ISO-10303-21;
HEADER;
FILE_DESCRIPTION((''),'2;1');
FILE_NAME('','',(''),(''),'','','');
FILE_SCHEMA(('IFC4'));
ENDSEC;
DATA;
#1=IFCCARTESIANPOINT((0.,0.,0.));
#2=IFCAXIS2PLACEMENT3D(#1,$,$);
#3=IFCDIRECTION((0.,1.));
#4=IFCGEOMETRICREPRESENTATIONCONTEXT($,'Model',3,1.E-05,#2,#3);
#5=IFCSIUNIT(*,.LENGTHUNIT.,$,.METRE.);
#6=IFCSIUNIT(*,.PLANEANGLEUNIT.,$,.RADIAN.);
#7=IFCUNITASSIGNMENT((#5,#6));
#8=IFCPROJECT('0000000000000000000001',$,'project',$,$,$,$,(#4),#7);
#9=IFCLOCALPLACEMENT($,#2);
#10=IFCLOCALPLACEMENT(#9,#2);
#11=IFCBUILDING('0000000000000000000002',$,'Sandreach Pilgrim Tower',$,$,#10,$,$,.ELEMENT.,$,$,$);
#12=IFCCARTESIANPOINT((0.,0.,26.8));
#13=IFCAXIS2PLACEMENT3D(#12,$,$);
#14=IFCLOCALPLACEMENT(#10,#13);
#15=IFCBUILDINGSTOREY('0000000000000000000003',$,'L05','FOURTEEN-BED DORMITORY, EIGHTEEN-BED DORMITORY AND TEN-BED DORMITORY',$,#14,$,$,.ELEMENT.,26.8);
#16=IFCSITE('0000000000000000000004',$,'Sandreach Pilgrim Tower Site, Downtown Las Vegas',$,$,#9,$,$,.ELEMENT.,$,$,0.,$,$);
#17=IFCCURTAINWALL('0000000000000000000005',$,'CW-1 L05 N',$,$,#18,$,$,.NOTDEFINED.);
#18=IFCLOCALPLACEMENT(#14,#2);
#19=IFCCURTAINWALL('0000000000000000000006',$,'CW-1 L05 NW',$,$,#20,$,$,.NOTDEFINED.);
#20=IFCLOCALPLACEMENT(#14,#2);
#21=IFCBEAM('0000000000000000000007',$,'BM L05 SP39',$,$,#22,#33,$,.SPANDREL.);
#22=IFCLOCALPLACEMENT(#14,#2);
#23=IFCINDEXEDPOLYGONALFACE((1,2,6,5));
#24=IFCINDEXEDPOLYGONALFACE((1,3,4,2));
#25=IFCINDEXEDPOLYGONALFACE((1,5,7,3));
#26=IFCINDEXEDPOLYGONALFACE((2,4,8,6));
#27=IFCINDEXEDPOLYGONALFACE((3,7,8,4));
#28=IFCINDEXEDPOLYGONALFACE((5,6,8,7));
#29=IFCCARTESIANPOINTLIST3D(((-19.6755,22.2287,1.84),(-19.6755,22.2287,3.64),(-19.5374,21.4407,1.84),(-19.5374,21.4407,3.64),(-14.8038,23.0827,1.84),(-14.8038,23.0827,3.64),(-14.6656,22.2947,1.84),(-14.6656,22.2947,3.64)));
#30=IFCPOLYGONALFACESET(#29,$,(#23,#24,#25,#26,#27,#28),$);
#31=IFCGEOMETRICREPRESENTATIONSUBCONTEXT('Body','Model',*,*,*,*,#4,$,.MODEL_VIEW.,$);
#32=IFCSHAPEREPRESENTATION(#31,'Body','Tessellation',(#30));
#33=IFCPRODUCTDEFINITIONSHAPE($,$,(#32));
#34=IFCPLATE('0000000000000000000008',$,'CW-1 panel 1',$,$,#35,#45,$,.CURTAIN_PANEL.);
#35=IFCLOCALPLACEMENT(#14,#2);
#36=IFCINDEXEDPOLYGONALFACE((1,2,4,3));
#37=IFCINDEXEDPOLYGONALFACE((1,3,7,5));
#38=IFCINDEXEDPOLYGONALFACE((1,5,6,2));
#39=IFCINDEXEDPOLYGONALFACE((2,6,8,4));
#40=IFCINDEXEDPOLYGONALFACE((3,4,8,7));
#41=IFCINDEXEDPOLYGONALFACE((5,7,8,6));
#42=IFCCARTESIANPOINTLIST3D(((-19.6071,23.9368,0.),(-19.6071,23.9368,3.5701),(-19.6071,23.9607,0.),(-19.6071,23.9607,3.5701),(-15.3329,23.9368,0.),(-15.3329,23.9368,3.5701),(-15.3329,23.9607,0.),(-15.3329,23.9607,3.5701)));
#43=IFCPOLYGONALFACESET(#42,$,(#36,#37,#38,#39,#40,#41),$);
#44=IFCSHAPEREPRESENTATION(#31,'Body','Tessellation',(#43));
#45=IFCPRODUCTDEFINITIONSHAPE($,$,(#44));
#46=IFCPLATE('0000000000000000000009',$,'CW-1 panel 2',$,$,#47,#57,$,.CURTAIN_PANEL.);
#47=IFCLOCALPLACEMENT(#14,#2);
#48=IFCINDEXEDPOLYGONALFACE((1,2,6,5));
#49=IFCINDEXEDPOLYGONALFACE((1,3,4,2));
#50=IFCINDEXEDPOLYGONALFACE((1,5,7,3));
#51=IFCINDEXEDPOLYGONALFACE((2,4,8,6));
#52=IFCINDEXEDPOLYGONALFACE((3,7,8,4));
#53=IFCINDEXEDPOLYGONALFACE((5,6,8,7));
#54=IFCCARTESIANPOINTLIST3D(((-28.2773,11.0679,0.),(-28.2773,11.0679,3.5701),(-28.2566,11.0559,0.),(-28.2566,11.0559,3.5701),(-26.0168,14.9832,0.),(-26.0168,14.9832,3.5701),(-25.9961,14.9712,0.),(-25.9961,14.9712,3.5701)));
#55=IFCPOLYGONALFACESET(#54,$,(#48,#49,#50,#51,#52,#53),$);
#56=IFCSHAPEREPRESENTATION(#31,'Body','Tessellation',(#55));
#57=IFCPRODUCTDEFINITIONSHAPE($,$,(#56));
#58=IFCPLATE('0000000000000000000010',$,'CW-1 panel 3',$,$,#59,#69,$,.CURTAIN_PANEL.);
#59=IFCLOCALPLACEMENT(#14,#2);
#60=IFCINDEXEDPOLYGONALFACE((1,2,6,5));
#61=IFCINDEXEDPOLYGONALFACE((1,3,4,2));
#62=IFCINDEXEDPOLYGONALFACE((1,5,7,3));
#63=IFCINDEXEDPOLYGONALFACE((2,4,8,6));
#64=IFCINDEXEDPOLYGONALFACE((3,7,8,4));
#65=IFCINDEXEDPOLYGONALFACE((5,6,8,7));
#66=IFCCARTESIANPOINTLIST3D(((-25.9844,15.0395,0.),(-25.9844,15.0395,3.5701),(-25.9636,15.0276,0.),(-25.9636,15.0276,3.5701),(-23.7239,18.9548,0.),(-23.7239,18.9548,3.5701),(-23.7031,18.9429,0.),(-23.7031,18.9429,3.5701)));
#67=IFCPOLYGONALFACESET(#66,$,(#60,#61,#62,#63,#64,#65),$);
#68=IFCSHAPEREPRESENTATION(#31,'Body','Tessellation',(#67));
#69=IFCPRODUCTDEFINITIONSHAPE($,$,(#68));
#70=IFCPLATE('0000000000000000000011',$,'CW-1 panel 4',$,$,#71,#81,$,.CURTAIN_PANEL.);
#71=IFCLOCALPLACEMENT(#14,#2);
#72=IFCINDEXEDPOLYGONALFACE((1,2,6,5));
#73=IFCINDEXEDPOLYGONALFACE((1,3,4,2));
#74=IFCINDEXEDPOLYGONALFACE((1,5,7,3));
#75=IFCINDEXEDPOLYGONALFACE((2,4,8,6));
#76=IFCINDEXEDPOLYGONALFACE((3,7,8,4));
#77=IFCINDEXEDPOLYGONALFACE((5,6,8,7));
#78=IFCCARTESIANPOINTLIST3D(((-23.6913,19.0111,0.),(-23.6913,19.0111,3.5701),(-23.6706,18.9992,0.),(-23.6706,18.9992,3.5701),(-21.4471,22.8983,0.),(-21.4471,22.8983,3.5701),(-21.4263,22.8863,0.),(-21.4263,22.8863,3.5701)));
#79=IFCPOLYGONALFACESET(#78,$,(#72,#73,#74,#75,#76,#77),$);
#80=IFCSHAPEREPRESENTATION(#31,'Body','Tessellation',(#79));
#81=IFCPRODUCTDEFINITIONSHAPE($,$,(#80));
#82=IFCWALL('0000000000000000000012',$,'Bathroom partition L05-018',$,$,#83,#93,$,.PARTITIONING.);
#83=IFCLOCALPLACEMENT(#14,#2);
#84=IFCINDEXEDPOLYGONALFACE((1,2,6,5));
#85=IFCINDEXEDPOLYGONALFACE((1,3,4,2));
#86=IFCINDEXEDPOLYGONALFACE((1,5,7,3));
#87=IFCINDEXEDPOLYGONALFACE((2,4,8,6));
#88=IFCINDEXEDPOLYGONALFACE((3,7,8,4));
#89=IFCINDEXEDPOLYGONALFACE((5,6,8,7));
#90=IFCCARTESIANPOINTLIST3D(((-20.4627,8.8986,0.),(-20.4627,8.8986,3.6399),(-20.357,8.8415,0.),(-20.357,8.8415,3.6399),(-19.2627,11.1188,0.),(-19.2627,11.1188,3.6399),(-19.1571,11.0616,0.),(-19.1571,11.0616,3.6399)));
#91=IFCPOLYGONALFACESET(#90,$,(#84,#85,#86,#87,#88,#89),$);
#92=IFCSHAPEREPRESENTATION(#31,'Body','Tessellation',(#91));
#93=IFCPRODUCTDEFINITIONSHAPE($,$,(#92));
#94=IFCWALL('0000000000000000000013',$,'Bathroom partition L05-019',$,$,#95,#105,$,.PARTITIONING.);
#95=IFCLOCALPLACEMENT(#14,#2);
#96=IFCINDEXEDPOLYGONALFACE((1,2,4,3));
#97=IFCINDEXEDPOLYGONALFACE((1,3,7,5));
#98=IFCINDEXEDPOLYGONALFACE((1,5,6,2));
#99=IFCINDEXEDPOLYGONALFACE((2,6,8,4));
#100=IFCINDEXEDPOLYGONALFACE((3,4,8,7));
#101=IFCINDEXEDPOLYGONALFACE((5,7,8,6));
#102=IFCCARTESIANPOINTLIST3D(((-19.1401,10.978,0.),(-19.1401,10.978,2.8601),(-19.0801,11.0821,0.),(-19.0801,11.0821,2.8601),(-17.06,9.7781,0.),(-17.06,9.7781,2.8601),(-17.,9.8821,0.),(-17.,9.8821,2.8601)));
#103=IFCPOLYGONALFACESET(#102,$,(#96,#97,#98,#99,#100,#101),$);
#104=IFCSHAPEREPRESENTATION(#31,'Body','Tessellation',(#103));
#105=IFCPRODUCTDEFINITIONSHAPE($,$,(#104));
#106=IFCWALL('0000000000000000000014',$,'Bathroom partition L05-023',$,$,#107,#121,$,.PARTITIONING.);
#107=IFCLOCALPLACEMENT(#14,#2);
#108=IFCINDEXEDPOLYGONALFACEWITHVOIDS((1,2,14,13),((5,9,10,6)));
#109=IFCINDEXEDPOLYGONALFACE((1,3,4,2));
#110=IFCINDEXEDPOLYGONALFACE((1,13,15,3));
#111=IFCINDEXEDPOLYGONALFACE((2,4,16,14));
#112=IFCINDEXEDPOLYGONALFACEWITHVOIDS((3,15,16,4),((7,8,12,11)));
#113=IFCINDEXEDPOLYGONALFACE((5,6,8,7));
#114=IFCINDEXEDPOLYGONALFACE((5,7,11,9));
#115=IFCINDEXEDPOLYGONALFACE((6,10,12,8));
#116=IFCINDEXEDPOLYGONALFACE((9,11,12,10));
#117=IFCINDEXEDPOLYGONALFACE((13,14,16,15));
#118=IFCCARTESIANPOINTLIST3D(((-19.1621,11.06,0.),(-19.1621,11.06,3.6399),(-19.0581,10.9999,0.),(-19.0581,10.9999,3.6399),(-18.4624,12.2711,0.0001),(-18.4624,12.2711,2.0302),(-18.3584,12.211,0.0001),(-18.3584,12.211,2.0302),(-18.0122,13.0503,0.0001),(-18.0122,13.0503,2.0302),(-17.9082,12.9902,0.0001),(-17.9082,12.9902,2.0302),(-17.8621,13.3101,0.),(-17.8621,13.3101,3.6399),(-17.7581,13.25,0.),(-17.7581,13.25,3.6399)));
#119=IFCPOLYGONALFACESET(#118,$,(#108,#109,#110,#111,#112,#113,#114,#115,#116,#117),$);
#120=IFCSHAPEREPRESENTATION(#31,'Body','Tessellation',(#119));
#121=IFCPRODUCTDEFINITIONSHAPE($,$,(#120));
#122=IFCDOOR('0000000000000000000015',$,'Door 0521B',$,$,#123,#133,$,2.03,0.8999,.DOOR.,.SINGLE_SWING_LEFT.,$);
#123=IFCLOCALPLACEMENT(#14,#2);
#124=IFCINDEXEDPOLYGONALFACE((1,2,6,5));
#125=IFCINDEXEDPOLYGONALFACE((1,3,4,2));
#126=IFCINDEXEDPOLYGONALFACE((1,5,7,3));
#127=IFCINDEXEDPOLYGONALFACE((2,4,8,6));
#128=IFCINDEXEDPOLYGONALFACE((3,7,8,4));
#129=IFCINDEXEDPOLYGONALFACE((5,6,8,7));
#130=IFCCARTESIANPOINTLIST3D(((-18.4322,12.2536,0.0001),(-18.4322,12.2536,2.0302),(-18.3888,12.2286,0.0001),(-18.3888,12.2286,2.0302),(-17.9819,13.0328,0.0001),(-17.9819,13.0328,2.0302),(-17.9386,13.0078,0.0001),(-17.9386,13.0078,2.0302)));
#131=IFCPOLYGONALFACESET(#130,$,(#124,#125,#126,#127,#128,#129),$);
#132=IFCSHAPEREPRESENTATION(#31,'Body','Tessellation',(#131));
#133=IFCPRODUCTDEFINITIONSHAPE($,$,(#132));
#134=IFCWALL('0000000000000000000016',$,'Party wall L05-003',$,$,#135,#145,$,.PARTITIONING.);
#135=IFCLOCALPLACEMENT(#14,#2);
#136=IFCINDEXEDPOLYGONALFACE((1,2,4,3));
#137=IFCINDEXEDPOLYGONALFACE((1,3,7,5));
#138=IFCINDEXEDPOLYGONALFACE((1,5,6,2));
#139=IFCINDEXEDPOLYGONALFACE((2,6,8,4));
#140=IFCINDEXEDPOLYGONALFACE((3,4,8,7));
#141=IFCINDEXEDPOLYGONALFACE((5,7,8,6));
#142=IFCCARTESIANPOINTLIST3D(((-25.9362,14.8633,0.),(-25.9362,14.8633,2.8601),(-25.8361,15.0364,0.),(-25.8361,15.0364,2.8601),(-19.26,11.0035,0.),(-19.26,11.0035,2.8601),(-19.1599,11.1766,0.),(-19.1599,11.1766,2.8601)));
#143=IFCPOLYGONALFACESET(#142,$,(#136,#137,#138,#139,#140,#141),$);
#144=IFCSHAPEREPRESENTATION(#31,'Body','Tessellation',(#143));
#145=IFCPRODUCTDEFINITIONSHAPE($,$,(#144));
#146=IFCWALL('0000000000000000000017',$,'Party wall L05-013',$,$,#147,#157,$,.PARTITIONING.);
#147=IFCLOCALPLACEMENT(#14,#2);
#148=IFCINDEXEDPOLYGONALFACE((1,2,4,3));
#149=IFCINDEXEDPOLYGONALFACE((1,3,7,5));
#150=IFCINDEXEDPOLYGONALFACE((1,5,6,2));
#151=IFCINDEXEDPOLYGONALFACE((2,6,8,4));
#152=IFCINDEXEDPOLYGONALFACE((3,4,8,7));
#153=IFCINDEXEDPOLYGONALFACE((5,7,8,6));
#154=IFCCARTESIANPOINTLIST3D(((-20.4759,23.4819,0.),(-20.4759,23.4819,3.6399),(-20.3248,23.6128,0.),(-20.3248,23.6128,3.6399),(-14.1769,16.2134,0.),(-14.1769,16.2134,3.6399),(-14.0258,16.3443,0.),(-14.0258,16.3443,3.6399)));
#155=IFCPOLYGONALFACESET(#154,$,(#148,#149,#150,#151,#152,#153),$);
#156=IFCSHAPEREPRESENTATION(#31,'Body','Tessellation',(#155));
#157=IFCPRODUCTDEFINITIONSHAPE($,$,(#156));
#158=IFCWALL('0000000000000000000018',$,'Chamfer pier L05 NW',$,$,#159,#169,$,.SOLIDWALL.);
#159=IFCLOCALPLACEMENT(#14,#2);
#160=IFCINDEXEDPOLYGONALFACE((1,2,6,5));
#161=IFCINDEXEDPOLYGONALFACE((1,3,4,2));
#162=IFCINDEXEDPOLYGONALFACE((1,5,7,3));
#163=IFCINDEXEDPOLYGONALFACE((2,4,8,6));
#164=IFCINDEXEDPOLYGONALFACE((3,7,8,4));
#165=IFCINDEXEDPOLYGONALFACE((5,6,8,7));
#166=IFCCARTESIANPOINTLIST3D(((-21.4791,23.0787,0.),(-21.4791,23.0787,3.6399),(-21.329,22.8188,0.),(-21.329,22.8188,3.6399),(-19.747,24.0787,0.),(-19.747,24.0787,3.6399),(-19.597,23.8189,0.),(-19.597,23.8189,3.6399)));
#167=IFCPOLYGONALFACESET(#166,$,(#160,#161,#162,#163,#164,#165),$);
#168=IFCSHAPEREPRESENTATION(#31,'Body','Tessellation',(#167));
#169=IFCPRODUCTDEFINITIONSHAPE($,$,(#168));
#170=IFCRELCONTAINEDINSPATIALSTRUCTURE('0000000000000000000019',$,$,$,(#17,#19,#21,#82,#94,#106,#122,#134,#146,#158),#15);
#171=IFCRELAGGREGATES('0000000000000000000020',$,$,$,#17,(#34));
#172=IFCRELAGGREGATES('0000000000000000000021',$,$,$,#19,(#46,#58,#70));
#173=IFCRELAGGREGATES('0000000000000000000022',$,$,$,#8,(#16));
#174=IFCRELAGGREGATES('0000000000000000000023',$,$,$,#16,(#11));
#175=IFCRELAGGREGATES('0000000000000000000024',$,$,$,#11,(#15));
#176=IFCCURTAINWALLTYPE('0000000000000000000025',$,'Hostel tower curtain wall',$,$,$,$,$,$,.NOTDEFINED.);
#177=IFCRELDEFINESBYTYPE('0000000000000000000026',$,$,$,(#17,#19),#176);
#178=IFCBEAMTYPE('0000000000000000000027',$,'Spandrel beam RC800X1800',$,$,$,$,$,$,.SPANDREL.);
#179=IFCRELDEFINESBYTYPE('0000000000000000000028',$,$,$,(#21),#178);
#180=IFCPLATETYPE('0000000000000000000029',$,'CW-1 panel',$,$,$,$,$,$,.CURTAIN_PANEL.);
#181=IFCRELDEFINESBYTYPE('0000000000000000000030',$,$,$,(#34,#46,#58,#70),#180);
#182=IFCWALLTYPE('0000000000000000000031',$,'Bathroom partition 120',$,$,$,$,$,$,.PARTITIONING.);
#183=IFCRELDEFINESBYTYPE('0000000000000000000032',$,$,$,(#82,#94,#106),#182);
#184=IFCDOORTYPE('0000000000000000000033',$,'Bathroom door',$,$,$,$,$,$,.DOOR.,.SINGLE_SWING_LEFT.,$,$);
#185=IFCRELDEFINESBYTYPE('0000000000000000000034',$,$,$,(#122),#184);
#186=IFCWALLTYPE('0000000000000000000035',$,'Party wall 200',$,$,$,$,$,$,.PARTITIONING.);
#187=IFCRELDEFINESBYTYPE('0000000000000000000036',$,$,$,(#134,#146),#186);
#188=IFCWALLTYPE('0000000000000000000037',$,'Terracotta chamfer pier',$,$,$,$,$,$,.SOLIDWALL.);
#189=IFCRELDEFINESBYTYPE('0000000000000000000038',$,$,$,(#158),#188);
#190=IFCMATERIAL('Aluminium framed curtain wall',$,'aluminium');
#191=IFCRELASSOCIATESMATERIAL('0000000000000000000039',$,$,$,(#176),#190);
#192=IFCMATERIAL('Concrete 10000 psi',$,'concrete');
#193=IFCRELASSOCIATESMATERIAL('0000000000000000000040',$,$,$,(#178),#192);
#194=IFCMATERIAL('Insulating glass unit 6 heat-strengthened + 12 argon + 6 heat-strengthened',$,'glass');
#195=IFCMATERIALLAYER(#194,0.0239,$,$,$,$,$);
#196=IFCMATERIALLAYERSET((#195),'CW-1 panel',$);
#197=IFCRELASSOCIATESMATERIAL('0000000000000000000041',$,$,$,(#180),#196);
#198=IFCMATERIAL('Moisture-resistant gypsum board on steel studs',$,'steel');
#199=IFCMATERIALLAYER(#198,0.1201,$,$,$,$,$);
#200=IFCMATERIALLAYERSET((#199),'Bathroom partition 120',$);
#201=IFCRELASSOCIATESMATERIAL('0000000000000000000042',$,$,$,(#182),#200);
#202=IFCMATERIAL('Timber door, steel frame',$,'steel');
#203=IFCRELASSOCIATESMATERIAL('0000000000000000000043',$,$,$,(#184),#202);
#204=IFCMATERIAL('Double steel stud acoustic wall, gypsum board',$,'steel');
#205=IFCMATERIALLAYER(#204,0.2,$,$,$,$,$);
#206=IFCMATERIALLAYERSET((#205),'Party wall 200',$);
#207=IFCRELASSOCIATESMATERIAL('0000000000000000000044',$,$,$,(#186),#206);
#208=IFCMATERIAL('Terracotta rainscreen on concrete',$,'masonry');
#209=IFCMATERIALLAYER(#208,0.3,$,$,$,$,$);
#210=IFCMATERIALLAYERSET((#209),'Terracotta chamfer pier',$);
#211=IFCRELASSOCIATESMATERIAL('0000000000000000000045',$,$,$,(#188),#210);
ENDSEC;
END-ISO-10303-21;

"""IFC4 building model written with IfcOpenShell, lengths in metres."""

from ifc_helpers import new_model, si_unit, direction, frame, frame_2d, origin, origin_2d, place, context, subcontext, project, spatial, rectangle, extrude, material, layer, layer_set, material_profile, profile_set, type_object, element, fill, aggregate, save


model = new_model("IFC4")

# Units and contexts
model_context = context("Model", 3, precision=1e-05, world=origin(), true_north=direction((0.0, 1.0)))
body_context = subcontext(model_context, "Body", "Model", "MODEL_VIEW")
ifc_project = project(units=[si_unit("LENGTHUNIT", "METRE"), si_unit("PLANEANGLEUNIT", "RADIAN")], contexts=[model_context])

# Site, building, storey
site_placement = place(None, origin())
site = spatial("IfcSite", under=ifc_project, at=site_placement, Name="Sandreach Pilgrim Tower Site, Downtown Las Vegas", CompositionType="ELEMENT", RefElevation=0.0)
building_placement = place(site_placement, origin())
building = spatial("IfcBuilding", under=site, at=building_placement, Name="Sandreach Pilgrim Tower", CompositionType="ELEMENT")
storey_placement = place(building_placement, frame((0.0, 0.0, 26.8)))
storey = spatial("IfcBuildingStorey", under=building, at=storey_placement, Name="L05", Description="FOURTEEN-BED DORMITORY, EIGHTEEN-BED DORMITORY AND TEN-BED DORMITORY", CompositionType="ELEMENT", Elevation=26.8)

# Curtain wall
ifc_material_1 = material(Name="Aluminium framed curtain wall", Category="aluminium")
curtain_wall_type = type_object("IfcCurtainWallType", Name="Hostel tower curtain wall", PredefinedType="NOTDEFINED", material=ifc_material_1)
curtain_wall_1_placement = place(storey_placement, origin())
curtain_wall_1 = element("IfcCurtainWall", 1, at=curtain_wall_1_placement, inside=storey, type_object=curtain_wall_type, Name="CW-1 L05 N", PredefinedType="NOTDEFINED")

# Curtain wall
curtain_wall_2_placement = place(storey_placement, origin())
curtain_wall_2 = element("IfcCurtainWall", 2, at=curtain_wall_2_placement, inside=storey, type_object=curtain_wall_type, Name="CW-1 L05 NW", PredefinedType="NOTDEFINED")

# Beam
ifc_material_2 = material(Name="Concrete 10000 psi", Category="concrete")
ifc_material_profile_1 = material_profile(ifc_material_2, rectangle(XDim=0.8, YDim=1.8, at=origin_2d()), Name="RC800X1800")
ifc_profile_set_1 = profile_set([ifc_material_profile_1], Name="Concrete 10000 psi")
beam_type_1 = type_object("IfcBeamType", Name="Spandrel beam RC800X1800", PredefinedType="SPANDREL", material=ifc_profile_set_1)
beam_1_placement = place(storey_placement, frame((-19.6064, 21.8347, 2.74), z_axis=(0.984981, 0.172662, 0.0), x_axis=(-0.172662, 0.984981, 0.0)))
element("IfcBeam", 3, at=beam_1_placement, inside=storey, type_object=beam_type_1, Name="BM L05 SP39", PredefinedType="SPANDREL", context=body_context, shape_type="SweptSolid", body=[
    extrude(rectangle(XDim=0.8, YDim=1.8, at=origin_2d()), origin(), (0.0, 0.0, 1.0), 4.946),
])

# Plates
ifc_material_3 = material(Name="Insulating glass unit 6 heat-strengthened + 12 argon + 6 heat-strengthened", Category="glass")
ifc_layer_1 = layer(ifc_material_3, 0.0239)
ifc_layer_set_1 = layer_set([ifc_layer_1], Name="CW-1 panel")
plate_type = type_object("IfcPlateType", Name="CW-1 panel", PredefinedType="CURTAIN_PANEL", material=ifc_layer_set_1)
plate_1_placement = place(storey_placement, frame((-17.47, 23.9487, 0.0), z_axis=(0.0, 0.0, 1.0), x_axis=(1.0, 0.0, 0.0)))
plate_1 = element("IfcPlate", 4, at=plate_1_placement, type_object=plate_type, Name="CW-1 panel 1", PredefinedType="CURTAIN_PANEL", context=body_context, shape_type="SweptSolid", body=[
    extrude(rectangle(XDim=4.2742, YDim=0.0239, at=origin_2d()), origin(), (0.0, 0.0, 1.0), 3.5701),
])
aggregate(curtain_wall_1, [plate_1])
plate_2_placement = place(storey_placement, frame((-27.1367, 13.0195, 0.0), z_axis=(0.0, 0.0, 1.0), x_axis=(0.5, 0.866025, 0.0)))
plate_2 = element("IfcPlate", 5, at=plate_2_placement, type_object=plate_type, Name="CW-1 panel 2", PredefinedType="CURTAIN_PANEL", context=body_context, shape_type="SweptSolid", body=[
    extrude(rectangle(XDim=4.521, YDim=0.0239, at=origin_2d()), origin(), (0.0, 0.0, 1.0), 3.5701),
])
plate_3_placement = place(storey_placement, frame((-24.8438, 16.9912, 0.0), z_axis=(0.0, 0.0, 1.0), x_axis=(0.5, 0.866025, 0.0)))
plate_3 = element("IfcPlate", 6, at=plate_3_placement, type_object=plate_type, Name="CW-1 panel 3", PredefinedType="CURTAIN_PANEL", context=body_context, shape_type="SweptSolid", body=[
    extrude(rectangle(XDim=4.521, YDim=0.0239, at=origin_2d()), origin(), (0.0, 0.0, 1.0), 3.5701),
])
plate_4_placement = place(storey_placement, frame((-22.5588, 20.9487, 0.0), z_axis=(0.0, 0.0, 1.0), x_axis=(0.5, 0.866025, 0.0)))
plate_4 = element("IfcPlate", 7, at=plate_4_placement, type_object=plate_type, Name="CW-1 panel 4", PredefinedType="CURTAIN_PANEL", context=body_context, shape_type="SweptSolid", body=[
    extrude(rectangle(XDim=4.4885, YDim=0.0239, at=origin_2d()), origin(), (0.0, 0.0, 1.0), 3.5701),
])
aggregate(curtain_wall_2, [plate_2, plate_3, plate_4])

# Walls
ifc_material_4 = material(Name="Moisture-resistant gypsum board on steel studs", Category="steel")
ifc_layer_2 = layer(ifc_material_4, 0.1201)
ifc_layer_set_2 = layer_set([ifc_layer_2], Name="Bathroom partition 120")
wall_type_1 = type_object("IfcWallType", Name="Bathroom partition 120", PredefinedType="PARTITIONING", material=ifc_layer_set_2)
wall_1_placement = place(storey_placement, frame((-19.21, 11.0901, 0.0), z_axis=(0.0, 0.0, 1.0), x_axis=(-0.475466, -0.879734, 0.0)))
element("IfcWall", 8, at=wall_1_placement, inside=storey, type_object=wall_type_1, Name="Bathroom partition L05-018", PredefinedType="PARTITIONING", context=body_context, shape_type="SweptSolid", body=[
    extrude(rectangle(XDim=2.5237, YDim=0.1201, at=frame_2d((1.2617, 0.0))), origin(), (0.0, 0.0, 1.0), 3.6399),
])
wall_2_placement = place(storey_placement, frame((-19.1101, 11.03, 0.0), z_axis=(0.0, 0.0, 1.0), x_axis=(0.866203, -0.499693, 0.0)))
element("IfcWall", 9, at=wall_2_placement, inside=storey, type_object=wall_type_1, Name="Bathroom partition L05-019", PredefinedType="PARTITIONING", context=body_context, shape_type="SweptSolid", body=[
    extrude(rectangle(XDim=2.4014, YDim=0.1201, at=frame_2d((1.2007, 0.0))), origin(), (0.0, 0.0, 1.0), 2.8601),
])

# Wall, opening, door
wall_3_placement = place(storey_placement, frame((-17.8101, 13.28, 0.0), z_axis=(0.0, 0.0, 1.0), x_axis=(-0.500292, -0.865857, 0.0)))
wall_3 = element("IfcWall", 10, at=wall_3_placement, inside=storey, type_object=wall_type_1, Name="Bathroom partition L05-023", PredefinedType="PARTITIONING", context=body_context, shape_type="SweptSolid", body=[
    extrude(rectangle(XDim=2.5986, YDim=0.1201, at=frame_2d((1.2993, 0.0))), origin(), (0.0, 0.0, 1.0), 3.6399),
])
opening_placement = place(wall_3_placement, frame((0.3, 0.0, 0.0)))
opening = element("IfcOpeningElement", 11, at=opening_placement, cuts=wall_3, PredefinedType="OPENING", context=body_context, shape_type="SweptSolid", body=[
    extrude(rectangle(XDim=0.8999, YDim=2.03, at=frame_2d((0.45, 1.0151))), frame((0.0, 0.0601, 0.0), z_axis=(0.0, -1.0, 0.0), x_axis=(1.0, 0.0, 0.0)), (0.0, 0.0, 1.0), 0.1201),
])
ifc_material_5 = material(Name="Timber door, steel frame", Category="steel")
door_type = type_object("IfcDoorType", Name="Bathroom door", OperationType="SINGLE_SWING_LEFT", PredefinedType="DOOR", material=ifc_material_5)
door_placement = place(opening_placement, origin())
door = element("IfcDoor", 12, at=door_placement, inside=storey, type_object=door_type, Name="Door 0521B", OperationType="SINGLE_SWING_LEFT", OverallHeight=2.03, OverallWidth=0.8999, PredefinedType="DOOR", context=body_context, shape_type="SweptSolid", body=[
    extrude(rectangle(XDim=0.8999, YDim=2.03, at=frame_2d((0.45, 1.0151))), frame((0.0, 0.0249, 0.0), z_axis=(0.0, -1.0, 0.0), x_axis=(1.0, 0.0, 0.0)), (0.0, 0.0, 1.0), 0.05),
])
fill(opening, door)

# Walls
ifc_material_6 = material(Name="Double steel stud acoustic wall, gypsum board", Category="steel")
ifc_layer_3 = layer(ifc_material_6, 0.2)
ifc_layer_set_3 = layer_set([ifc_layer_3], Name="Party wall 200")
wall_type_2 = type_object("IfcWallType", Name="Party wall 200", PredefinedType="PARTITIONING", material=ifc_layer_set_3)
wall_4_placement = place(storey_placement, frame((-25.8862, 14.95, 0.0), z_axis=(0.0, 0.0, 1.0), x_axis=(0.865727, -0.500517, 0.0)))
element("IfcWall", 13, at=wall_4_placement, inside=storey, type_object=wall_type_2, Name="Party wall L05-003", PredefinedType="PARTITIONING", context=body_context, shape_type="SweptSolid", body=[
    extrude(rectangle(XDim=7.7117, YDim=0.2, at=frame_2d((3.856, 0.0))), origin(), (0.0, 0.0, 1.0), 2.8601),
])
wall_5_placement = place(storey_placement, frame((-20.4004, 23.5474, 0.0), z_axis=(0.0, 0.0, 1.0), x_axis=(0.65491, -0.755707, 0.0)))
element("IfcWall", 14, at=wall_5_placement, inside=storey, type_object=wall_type_2, Name="Party wall L05-013", PredefinedType="PARTITIONING", context=body_context, shape_type="SweptSolid", body=[
    extrude(rectangle(XDim=9.6182, YDim=0.2, at=frame_2d((4.8091, 0.0))), origin(), (0.0, 0.0, 1.0), 3.6399),
])
ifc_material_7 = material(Name="Terracotta rainscreen on concrete", Category="masonry")
ifc_layer_4 = layer(ifc_material_7, 0.3)
ifc_layer_set_4 = layer_set([ifc_layer_4], Name="Terracotta chamfer pier")
wall_type_3 = type_object("IfcWallType", Name="Terracotta chamfer pier", PredefinedType="SOLIDWALL", material=ifc_layer_set_4)
wall_6_placement = place(storey_placement, frame((-21.4041, 22.9487, 0.0), z_axis=(0.0, 0.0, 1.0), x_axis=(0.866011, 0.500025, 0.0)))
element("IfcWall", 15, at=wall_6_placement, inside=storey, type_object=wall_type_3, Name="Chamfer pier L05 NW", PredefinedType="SOLIDWALL", context=body_context, shape_type="SweptSolid", body=[
    extrude(rectangle(XDim=2.0, YDim=0.3, at=frame_2d((1.0, 0.0))), origin(), (0.0, 0.0, 1.0), 3.6399),
])

save(model, "model.ifc")
